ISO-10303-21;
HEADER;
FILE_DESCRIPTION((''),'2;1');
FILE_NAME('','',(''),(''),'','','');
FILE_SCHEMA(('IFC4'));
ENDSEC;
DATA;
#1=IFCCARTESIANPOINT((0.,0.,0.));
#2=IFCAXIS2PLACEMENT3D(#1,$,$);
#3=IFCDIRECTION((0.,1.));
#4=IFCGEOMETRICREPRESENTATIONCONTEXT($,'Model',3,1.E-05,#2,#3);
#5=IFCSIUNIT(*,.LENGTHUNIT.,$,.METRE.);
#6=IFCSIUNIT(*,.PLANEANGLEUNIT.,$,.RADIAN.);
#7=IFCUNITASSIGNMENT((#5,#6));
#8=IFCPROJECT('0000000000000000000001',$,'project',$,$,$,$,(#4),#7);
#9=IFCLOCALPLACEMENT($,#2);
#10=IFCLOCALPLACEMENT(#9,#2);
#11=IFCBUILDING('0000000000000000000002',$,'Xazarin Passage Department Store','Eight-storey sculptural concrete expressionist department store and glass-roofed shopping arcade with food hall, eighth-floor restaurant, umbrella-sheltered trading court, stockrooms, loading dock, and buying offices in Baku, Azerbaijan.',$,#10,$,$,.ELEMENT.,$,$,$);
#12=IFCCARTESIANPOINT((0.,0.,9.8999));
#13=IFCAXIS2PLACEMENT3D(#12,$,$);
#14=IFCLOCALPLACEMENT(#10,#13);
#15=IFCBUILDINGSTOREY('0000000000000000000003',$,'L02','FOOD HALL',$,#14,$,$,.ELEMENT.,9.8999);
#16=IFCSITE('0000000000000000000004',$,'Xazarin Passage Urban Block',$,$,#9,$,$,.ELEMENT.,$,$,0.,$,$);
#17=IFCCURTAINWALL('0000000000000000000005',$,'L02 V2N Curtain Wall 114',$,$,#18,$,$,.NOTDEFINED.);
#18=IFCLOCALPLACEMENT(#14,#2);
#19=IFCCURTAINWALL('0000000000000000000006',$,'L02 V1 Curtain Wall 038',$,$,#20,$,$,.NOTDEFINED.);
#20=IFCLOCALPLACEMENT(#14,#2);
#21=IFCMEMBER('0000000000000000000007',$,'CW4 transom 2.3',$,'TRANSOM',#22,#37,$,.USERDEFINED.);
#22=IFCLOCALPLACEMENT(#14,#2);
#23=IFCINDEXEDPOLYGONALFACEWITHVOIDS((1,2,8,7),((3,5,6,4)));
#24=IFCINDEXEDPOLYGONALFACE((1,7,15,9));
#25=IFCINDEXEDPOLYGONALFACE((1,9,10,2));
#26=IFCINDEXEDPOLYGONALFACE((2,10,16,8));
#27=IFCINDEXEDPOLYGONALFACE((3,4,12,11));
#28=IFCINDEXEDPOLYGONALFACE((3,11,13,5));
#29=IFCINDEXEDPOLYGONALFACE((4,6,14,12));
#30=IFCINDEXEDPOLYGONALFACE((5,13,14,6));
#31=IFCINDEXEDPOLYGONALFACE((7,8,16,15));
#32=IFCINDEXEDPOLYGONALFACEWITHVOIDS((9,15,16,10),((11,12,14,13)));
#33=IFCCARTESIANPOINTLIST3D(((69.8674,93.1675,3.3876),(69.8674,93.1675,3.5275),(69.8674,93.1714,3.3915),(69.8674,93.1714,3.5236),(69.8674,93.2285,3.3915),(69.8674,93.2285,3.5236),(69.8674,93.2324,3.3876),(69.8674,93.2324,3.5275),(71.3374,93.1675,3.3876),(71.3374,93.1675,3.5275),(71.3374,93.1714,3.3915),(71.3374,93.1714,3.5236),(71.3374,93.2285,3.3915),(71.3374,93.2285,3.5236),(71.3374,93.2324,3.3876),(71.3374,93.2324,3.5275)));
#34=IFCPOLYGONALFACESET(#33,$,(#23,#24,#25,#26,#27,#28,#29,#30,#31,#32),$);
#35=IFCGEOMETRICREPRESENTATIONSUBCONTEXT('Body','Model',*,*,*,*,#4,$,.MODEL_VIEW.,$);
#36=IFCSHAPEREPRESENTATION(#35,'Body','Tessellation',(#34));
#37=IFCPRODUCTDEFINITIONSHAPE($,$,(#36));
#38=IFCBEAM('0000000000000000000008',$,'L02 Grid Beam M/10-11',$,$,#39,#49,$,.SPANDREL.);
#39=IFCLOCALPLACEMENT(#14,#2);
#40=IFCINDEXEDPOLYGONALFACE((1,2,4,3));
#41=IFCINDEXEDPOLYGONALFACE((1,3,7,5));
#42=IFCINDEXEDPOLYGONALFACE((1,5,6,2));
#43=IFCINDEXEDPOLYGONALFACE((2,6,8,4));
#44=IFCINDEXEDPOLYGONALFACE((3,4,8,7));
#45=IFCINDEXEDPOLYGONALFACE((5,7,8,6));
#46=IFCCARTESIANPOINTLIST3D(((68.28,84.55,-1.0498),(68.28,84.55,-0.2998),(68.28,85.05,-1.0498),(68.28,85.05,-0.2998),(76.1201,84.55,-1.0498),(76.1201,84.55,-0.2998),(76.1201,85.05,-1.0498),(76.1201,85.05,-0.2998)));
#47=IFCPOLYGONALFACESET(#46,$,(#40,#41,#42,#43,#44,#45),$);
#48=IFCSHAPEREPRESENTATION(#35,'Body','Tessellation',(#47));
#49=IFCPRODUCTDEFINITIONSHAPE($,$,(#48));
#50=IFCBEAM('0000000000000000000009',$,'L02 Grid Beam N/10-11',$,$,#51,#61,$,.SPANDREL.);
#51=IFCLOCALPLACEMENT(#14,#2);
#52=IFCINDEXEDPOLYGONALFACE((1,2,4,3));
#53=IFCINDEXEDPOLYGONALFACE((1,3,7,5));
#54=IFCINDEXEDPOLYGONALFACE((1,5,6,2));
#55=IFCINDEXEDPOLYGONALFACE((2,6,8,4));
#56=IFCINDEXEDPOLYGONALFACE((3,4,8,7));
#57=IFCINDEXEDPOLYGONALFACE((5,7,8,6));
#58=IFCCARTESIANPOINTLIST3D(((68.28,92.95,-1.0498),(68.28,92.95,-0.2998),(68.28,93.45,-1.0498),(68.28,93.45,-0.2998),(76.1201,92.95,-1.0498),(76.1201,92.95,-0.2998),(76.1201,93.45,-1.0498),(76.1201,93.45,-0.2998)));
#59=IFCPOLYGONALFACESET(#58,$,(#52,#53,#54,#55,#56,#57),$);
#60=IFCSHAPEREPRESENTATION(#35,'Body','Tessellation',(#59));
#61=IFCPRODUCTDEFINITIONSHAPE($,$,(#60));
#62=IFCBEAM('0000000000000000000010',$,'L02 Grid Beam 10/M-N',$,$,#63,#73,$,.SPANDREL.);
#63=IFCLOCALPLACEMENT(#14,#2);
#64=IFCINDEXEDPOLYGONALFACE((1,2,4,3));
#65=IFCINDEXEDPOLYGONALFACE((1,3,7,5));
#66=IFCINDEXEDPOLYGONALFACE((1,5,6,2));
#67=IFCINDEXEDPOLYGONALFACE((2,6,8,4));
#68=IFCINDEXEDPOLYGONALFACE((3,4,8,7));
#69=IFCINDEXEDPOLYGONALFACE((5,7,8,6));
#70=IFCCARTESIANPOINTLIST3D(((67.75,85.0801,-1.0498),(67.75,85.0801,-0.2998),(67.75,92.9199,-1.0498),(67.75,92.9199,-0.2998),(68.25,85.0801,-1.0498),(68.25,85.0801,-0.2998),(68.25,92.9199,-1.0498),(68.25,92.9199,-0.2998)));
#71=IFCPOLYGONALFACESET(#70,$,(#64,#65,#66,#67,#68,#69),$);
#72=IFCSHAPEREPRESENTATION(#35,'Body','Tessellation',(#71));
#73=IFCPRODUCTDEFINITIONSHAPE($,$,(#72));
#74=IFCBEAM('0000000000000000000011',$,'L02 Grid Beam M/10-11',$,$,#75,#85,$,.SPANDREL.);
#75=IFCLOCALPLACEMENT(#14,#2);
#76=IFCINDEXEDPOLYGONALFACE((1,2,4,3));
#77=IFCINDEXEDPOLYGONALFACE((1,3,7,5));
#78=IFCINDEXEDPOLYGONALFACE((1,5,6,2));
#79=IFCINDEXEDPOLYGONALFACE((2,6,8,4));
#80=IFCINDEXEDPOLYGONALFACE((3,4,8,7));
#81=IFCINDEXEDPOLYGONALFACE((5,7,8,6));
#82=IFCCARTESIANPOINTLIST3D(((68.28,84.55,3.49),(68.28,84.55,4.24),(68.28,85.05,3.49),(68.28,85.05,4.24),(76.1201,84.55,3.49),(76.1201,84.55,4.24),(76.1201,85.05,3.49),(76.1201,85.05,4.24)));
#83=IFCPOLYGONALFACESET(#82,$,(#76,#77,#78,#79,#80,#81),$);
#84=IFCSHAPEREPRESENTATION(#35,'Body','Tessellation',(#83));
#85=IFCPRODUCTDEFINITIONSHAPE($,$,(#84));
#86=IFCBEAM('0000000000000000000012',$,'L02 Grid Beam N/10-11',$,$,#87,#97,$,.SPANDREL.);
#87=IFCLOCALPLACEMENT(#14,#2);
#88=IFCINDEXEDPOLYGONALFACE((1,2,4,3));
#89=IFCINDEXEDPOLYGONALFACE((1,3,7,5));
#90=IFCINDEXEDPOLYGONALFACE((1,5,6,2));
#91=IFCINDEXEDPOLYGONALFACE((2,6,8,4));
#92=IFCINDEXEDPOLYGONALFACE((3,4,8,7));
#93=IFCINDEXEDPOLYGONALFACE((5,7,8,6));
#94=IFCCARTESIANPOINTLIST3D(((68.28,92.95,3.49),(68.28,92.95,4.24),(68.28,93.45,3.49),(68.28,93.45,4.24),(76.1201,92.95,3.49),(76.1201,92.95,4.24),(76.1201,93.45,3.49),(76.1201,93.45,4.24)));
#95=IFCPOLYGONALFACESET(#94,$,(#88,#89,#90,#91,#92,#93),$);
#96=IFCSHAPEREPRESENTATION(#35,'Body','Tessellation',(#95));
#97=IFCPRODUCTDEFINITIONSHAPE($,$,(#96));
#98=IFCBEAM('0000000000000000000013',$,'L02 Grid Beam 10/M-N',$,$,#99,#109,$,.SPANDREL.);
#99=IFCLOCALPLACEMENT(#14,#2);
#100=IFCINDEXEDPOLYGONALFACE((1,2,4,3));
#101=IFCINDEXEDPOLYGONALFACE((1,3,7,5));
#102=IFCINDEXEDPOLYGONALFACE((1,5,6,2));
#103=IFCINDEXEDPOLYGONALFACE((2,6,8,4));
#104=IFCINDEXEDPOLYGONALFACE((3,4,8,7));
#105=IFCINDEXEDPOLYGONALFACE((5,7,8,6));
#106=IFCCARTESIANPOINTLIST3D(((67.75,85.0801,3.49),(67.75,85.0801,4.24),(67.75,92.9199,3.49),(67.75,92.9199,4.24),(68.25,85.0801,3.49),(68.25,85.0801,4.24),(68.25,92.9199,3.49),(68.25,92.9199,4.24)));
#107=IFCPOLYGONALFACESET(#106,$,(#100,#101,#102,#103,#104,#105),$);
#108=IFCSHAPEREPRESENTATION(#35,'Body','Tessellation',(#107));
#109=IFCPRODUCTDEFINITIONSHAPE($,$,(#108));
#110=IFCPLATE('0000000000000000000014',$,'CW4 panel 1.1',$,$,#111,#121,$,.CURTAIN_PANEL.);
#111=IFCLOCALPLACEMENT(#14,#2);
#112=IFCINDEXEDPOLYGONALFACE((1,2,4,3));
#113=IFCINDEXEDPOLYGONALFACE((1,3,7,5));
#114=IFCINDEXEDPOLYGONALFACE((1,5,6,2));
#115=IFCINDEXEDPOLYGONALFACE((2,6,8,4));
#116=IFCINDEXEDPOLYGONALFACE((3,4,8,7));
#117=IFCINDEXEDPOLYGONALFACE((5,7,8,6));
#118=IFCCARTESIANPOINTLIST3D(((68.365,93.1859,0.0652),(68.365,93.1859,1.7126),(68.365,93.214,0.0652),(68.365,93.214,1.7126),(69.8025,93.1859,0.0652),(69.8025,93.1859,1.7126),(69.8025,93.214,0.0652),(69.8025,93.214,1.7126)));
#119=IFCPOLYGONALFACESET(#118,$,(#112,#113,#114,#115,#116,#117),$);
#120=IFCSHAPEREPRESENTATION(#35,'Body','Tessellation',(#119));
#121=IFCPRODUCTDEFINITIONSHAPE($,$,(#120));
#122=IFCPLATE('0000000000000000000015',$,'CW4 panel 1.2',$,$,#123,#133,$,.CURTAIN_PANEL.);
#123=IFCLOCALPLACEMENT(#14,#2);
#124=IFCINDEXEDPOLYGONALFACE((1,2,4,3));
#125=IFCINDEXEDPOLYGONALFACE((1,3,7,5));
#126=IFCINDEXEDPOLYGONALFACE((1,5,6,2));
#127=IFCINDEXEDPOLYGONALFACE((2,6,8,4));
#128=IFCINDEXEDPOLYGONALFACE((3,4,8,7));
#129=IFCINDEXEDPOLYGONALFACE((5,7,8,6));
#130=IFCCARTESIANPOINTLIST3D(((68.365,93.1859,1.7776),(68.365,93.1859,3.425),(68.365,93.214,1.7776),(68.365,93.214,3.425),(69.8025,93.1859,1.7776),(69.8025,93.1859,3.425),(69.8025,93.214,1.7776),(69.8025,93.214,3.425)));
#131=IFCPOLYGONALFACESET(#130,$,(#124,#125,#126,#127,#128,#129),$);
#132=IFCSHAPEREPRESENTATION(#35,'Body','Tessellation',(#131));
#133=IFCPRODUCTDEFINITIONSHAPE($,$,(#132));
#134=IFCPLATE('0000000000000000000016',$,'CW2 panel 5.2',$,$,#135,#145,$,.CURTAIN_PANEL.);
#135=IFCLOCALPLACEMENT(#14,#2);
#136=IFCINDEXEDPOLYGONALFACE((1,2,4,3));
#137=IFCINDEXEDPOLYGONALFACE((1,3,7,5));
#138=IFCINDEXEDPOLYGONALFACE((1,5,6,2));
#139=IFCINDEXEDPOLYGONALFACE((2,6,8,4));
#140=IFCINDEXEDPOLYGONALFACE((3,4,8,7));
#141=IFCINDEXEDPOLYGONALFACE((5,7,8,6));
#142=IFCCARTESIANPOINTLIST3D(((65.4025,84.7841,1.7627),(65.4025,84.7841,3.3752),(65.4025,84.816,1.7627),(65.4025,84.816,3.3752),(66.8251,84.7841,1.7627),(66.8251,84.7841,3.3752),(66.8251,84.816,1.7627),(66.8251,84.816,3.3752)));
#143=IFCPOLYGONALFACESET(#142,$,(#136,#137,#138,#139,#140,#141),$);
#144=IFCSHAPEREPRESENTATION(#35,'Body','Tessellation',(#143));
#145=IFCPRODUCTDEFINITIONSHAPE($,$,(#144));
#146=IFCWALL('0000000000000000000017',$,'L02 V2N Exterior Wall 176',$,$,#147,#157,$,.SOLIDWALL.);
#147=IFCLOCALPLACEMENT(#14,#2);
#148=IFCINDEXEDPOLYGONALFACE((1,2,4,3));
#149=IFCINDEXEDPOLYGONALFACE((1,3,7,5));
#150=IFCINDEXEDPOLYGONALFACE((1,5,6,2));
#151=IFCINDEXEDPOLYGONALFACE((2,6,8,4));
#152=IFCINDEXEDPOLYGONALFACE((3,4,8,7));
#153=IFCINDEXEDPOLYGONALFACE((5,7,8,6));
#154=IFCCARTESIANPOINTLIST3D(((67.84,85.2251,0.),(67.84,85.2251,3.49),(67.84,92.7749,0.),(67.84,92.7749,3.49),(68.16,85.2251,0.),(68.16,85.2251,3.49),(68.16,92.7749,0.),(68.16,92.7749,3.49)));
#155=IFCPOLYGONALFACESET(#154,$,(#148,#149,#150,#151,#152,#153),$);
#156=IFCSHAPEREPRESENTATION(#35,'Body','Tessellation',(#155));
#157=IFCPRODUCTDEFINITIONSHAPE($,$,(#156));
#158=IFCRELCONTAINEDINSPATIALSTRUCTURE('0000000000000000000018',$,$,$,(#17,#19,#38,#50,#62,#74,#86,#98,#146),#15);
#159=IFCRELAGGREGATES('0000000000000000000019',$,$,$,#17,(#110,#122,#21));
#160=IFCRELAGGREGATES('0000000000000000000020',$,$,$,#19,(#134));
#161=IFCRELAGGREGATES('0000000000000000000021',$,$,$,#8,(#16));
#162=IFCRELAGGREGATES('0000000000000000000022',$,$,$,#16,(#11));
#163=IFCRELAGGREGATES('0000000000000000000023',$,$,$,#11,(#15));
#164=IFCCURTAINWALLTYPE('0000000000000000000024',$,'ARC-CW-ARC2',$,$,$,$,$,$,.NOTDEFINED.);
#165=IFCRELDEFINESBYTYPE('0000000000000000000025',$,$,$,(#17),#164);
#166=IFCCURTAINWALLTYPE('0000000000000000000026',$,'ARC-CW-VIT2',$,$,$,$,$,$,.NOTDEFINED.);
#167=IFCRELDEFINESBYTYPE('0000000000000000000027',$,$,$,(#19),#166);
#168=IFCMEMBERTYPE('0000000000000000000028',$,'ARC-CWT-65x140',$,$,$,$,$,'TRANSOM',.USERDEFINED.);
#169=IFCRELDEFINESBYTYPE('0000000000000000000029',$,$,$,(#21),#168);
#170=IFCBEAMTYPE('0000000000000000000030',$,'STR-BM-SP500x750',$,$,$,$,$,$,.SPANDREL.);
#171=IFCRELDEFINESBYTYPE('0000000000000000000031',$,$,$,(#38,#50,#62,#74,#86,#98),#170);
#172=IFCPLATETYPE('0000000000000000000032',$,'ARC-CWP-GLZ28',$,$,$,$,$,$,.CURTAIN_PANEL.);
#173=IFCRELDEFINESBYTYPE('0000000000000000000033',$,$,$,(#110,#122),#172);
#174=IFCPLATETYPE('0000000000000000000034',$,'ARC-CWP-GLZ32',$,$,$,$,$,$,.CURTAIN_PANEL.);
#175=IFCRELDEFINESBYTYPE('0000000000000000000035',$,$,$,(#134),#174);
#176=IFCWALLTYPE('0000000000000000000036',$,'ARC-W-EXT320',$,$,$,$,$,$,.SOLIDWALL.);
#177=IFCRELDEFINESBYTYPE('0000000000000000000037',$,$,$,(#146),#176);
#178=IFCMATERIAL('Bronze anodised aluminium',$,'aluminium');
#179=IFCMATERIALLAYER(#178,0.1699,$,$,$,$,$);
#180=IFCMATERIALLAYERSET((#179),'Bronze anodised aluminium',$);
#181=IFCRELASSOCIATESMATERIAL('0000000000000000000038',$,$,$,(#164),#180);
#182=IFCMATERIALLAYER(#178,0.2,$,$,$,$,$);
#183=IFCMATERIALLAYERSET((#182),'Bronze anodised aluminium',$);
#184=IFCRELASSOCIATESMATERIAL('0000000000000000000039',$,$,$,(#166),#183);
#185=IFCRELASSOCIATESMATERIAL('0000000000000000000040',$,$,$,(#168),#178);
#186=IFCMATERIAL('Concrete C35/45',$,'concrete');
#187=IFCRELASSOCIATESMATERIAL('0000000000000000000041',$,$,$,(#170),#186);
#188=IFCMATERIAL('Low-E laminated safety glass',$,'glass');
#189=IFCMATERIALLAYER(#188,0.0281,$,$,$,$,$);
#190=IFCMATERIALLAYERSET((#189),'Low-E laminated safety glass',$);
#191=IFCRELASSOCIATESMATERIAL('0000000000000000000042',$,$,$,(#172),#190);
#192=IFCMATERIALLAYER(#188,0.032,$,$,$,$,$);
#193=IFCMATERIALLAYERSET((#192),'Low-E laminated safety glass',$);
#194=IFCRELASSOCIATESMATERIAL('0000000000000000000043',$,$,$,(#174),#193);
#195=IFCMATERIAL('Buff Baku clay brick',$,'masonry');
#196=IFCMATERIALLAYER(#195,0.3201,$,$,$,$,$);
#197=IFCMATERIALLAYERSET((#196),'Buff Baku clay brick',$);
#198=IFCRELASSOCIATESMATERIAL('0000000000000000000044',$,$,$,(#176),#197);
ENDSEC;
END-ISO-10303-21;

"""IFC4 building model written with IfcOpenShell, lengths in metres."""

from ifc_helpers import new_model, si_unit, direction, frame, frame_2d, origin, origin_2d, place, context, subcontext, project, spatial, rectangle, hollow_rectangle, extrude, material, layer, layer_set, material_profile, profile_set, type_object, element, aggregate, save


model = new_model("IFC4")

# Units and contexts
model_context = context("Model", 3, precision=1e-05, world=origin(), true_north=direction((0.0, 1.0)))
body_context = subcontext(model_context, "Body", "Model", "MODEL_VIEW")
ifc_project = project(units=[si_unit("LENGTHUNIT", "METRE"), si_unit("PLANEANGLEUNIT", "RADIAN")], contexts=[model_context])

# Site, building, storey
site_placement = place(None, origin())
site = spatial("IfcSite", under=ifc_project, at=site_placement, Name="Xazarin Passage Urban Block", CompositionType="ELEMENT", RefElevation=0.0)
building_placement = place(site_placement, origin())
building = spatial("IfcBuilding", under=site, at=building_placement, Name="Xazarin Passage Department Store", Description="Eight-storey sculptural concrete expressionist department store and glass-roofed shopping arcade with food hall, eighth-floor restaurant, umbrella-sheltered trading court, stockrooms, loading dock, and buying offices in Baku, Azerbaijan.", CompositionType="ELEMENT")
storey_placement = place(building_placement, frame((0.0, 0.0, 9.8999)))
storey = spatial("IfcBuildingStorey", under=building, at=storey_placement, Name="L02", Description="FOOD HALL", CompositionType="ELEMENT", Elevation=9.8999)

# Curtain wall
ifc_material_1 = material(Name="Bronze anodised aluminium", Category="aluminium")
ifc_layer_1 = layer(ifc_material_1, 0.1699)
ifc_layer_set_1 = layer_set([ifc_layer_1], Name="Bronze anodised aluminium")
curtain_wall_type_1 = type_object("IfcCurtainWallType", Name="ARC-CW-ARC2", PredefinedType="NOTDEFINED", material=ifc_layer_set_1)
curtain_wall_1_placement = place(storey_placement, origin())
curtain_wall_1 = element("IfcCurtainWall", 1, at=curtain_wall_1_placement, inside=storey, type_object=curtain_wall_type_1, Name="L02 V2N Curtain Wall 114", PredefinedType="NOTDEFINED")

# Curtain wall
ifc_layer_2 = layer(ifc_material_1, 0.2)
ifc_layer_set_2 = layer_set([ifc_layer_2], Name="Bronze anodised aluminium")
curtain_wall_type_2 = type_object("IfcCurtainWallType", Name="ARC-CW-VIT2", PredefinedType="NOTDEFINED", material=ifc_layer_set_2)
curtain_wall_2_placement = place(storey_placement, origin())
curtain_wall_2 = element("IfcCurtainWall", 2, at=curtain_wall_2_placement, inside=storey, type_object=curtain_wall_type_2, Name="L02 V1 Curtain Wall 038", PredefinedType="NOTDEFINED")

# Member
ifc_material_profile_1 = material_profile(ifc_material_1, hollow_rectangle(XDim=0.0649, YDim=0.1399, WallThickness=0.0039, at=origin_2d()), Name="ALU 65x140")
ifc_profile_set_1 = profile_set([ifc_material_profile_1], Name="Bronze anodised aluminium")
member_type_1 = type_object("IfcMemberType", Name="ARC-CWT-65x140", ElementType="TRANSOM", PredefinedType="USERDEFINED", material=ifc_profile_set_1)
member_1_placement = place(storey_placement, frame((69.8674, 93.2, 3.4575), z_axis=(1.0, 0.0, 0.0), x_axis=(0.0, 1.0, 0.0)))
member_1 = element("IfcMember", 3, at=member_1_placement, type_object=member_type_1, Name="CW4 transom 2.3", ObjectType="TRANSOM", PredefinedType="USERDEFINED", context=body_context, shape_type="SweptSolid", body=[
    extrude(hollow_rectangle(XDim=0.0649, YDim=0.1399, WallThickness=0.0039, at=origin_2d()), origin(), (0.0, 0.0, 1.0), 1.47),
])

# Beams
ifc_material_2 = material(Name="Concrete C35/45", Category="concrete")
ifc_material_profile_2 = material_profile(ifc_material_2, rectangle(XDim=0.5, YDim=0.75, at=origin_2d()), Name="RC 500x750")
ifc_profile_set_2 = profile_set([ifc_material_profile_2], Name="Concrete C35/45")
beam_type = type_object("IfcBeamType", Name="STR-BM-SP500x750", PredefinedType="SPANDREL", material=ifc_profile_set_2)
for number, where, z_axis, x_axis, name in (
    (4, (68.28, 84.8, -0.6748), (1.0, 0.0, 0.0), (0.0, 1.0, 0.0), "L02 Grid Beam M/10-11"),
    (5, (68.28, 93.2, -0.6748), (1.0, 0.0, 0.0), (0.0, 1.0, 0.0), "L02 Grid Beam N/10-11"),
):
    element("IfcBeam", number, at=place(storey_placement, frame(where, z_axis=z_axis, x_axis=x_axis)), inside=storey, type_object=beam_type, Name=name, PredefinedType="SPANDREL", context=body_context, shape_type="SweptSolid", body=[
        extrude(rectangle(XDim=0.5, YDim=0.75, at=origin_2d()), origin(), (0.0, 0.0, 1.0), 7.8401),
    ])
beam_1_placement = place(storey_placement, frame((68.0, 85.0801, -0.6748), z_axis=(0.0, 1.0, 0.0), x_axis=(-1.0, 0.0, 0.0)))
element("IfcBeam", 6, at=beam_1_placement, inside=storey, type_object=beam_type, Name="L02 Grid Beam 10/M-N", PredefinedType="SPANDREL", context=body_context, shape_type="SweptSolid", body=[
    extrude(rectangle(XDim=0.5, YDim=0.75, at=origin_2d()), origin(), (0.0, 0.0, 1.0), 7.8398),
])
for number, where, z_axis, x_axis, name in (
    (7, (68.28, 84.8, 3.865), (1.0, 0.0, 0.0), (0.0, 1.0, 0.0), "L02 Grid Beam M/10-11"),
    (8, (68.28, 93.2, 3.865), (1.0, 0.0, 0.0), (0.0, 1.0, 0.0), "L02 Grid Beam N/10-11"),
):
    element("IfcBeam", number, at=place(storey_placement, frame(where, z_axis=z_axis, x_axis=x_axis)), inside=storey, type_object=beam_type, Name=name, PredefinedType="SPANDREL", context=body_context, shape_type="SweptSolid", body=[
        extrude(rectangle(XDim=0.5, YDim=0.75, at=origin_2d()), origin(), (0.0, 0.0, 1.0), 7.8401),
    ])
beam_2_placement = place(storey_placement, frame((68.0, 85.0801, 3.865), z_axis=(0.0, 1.0, 0.0), x_axis=(-1.0, 0.0, 0.0)))
element("IfcBeam", 9, at=beam_2_placement, inside=storey, type_object=beam_type, Name="L02 Grid Beam 10/M-N", PredefinedType="SPANDREL", context=body_context, shape_type="SweptSolid", body=[
    extrude(rectangle(XDim=0.5, YDim=0.75, at=origin_2d()), origin(), (0.0, 0.0, 1.0), 7.8398),
])

# Plates
ifc_material_3 = material(Name="Low-E laminated safety glass", Category="glass")
ifc_layer_3 = layer(ifc_material_3, 0.0281)
ifc_layer_set_3 = layer_set([ifc_layer_3], Name="Low-E laminated safety glass")
plate_type_1 = type_object("IfcPlateType", Name="ARC-CWP-GLZ28", PredefinedType="CURTAIN_PANEL", material=ifc_layer_set_3)
plate_1_placement = place(storey_placement, frame((69.0837, 93.2, 0.0652), z_axis=(0.0, 0.0, 1.0), x_axis=(1.0, 0.0, 0.0)))
plate_1 = element("IfcPlate", 10, at=plate_1_placement, type_object=plate_type_1, Name="CW4 panel 1.1", PredefinedType="CURTAIN_PANEL", context=body_context, shape_type="SweptSolid", body=[
    extrude(rectangle(XDim=1.4375, YDim=0.0281, at=origin_2d()), origin(), (0.0, 0.0, 1.0), 1.6475),
])
plate_2_placement = place(storey_placement, frame((69.0837, 93.2, 1.7776), z_axis=(0.0, 0.0, 1.0), x_axis=(1.0, 0.0, 0.0)))
plate_2 = element("IfcPlate", 11, at=plate_2_placement, type_object=plate_type_1, Name="CW4 panel 1.2", PredefinedType="CURTAIN_PANEL", context=body_context, shape_type="SweptSolid", body=[
    extrude(rectangle(XDim=1.4375, YDim=0.0281, at=origin_2d()), origin(), (0.0, 0.0, 1.0), 1.6475),
])
aggregate(curtain_wall_1, [plate_1, plate_2, member_1])
ifc_layer_4 = layer(ifc_material_3, 0.032)
ifc_layer_set_4 = layer_set([ifc_layer_4], Name="Low-E laminated safety glass")
plate_type_2 = type_object("IfcPlateType", Name="ARC-CWP-GLZ32", PredefinedType="CURTAIN_PANEL", material=ifc_layer_set_4)
plate_3_placement = place(storey_placement, frame((66.1138, 84.8, 1.7627), z_axis=(0.0, 0.0, 1.0), x_axis=(1.0, 0.0, 0.0)))
plate_3 = element("IfcPlate", 12, at=plate_3_placement, type_object=plate_type_2, Name="CW2 panel 5.2", PredefinedType="CURTAIN_PANEL", context=body_context, shape_type="SweptSolid", body=[
    extrude(rectangle(XDim=1.4226, YDim=0.032, at=origin_2d()), origin(), (0.0, 0.0, 1.0), 1.6125),
])
aggregate(curtain_wall_2, [plate_3])

# Wall
ifc_material_4 = material(Name="Buff Baku clay brick", Category="masonry")
ifc_layer_5 = layer(ifc_material_4, 0.3201)
ifc_layer_set_5 = layer_set([ifc_layer_5], Name="Buff Baku clay brick")
wall_type = type_object("IfcWallType", Name="ARC-W-EXT320", PredefinedType="SOLIDWALL", material=ifc_layer_set_5)
wall_placement = place(storey_placement, frame((68.0, 85.2251, 0.0), z_axis=(0.0, 0.0, 1.0), x_axis=(0.0, 1.0, 0.0)))
element("IfcWall", 13, at=wall_placement, inside=storey, type_object=wall_type, Name="L02 V2N Exterior Wall 176", PredefinedType="SOLIDWALL", context=body_context, shape_type="SweptSolid", body=[
    extrude(rectangle(XDim=7.5498, YDim=0.3201, at=frame_2d((3.7749, 0.0))), origin(), (0.0, 0.0, 1.0), 3.49),
])

save(model, "model.ifc")
